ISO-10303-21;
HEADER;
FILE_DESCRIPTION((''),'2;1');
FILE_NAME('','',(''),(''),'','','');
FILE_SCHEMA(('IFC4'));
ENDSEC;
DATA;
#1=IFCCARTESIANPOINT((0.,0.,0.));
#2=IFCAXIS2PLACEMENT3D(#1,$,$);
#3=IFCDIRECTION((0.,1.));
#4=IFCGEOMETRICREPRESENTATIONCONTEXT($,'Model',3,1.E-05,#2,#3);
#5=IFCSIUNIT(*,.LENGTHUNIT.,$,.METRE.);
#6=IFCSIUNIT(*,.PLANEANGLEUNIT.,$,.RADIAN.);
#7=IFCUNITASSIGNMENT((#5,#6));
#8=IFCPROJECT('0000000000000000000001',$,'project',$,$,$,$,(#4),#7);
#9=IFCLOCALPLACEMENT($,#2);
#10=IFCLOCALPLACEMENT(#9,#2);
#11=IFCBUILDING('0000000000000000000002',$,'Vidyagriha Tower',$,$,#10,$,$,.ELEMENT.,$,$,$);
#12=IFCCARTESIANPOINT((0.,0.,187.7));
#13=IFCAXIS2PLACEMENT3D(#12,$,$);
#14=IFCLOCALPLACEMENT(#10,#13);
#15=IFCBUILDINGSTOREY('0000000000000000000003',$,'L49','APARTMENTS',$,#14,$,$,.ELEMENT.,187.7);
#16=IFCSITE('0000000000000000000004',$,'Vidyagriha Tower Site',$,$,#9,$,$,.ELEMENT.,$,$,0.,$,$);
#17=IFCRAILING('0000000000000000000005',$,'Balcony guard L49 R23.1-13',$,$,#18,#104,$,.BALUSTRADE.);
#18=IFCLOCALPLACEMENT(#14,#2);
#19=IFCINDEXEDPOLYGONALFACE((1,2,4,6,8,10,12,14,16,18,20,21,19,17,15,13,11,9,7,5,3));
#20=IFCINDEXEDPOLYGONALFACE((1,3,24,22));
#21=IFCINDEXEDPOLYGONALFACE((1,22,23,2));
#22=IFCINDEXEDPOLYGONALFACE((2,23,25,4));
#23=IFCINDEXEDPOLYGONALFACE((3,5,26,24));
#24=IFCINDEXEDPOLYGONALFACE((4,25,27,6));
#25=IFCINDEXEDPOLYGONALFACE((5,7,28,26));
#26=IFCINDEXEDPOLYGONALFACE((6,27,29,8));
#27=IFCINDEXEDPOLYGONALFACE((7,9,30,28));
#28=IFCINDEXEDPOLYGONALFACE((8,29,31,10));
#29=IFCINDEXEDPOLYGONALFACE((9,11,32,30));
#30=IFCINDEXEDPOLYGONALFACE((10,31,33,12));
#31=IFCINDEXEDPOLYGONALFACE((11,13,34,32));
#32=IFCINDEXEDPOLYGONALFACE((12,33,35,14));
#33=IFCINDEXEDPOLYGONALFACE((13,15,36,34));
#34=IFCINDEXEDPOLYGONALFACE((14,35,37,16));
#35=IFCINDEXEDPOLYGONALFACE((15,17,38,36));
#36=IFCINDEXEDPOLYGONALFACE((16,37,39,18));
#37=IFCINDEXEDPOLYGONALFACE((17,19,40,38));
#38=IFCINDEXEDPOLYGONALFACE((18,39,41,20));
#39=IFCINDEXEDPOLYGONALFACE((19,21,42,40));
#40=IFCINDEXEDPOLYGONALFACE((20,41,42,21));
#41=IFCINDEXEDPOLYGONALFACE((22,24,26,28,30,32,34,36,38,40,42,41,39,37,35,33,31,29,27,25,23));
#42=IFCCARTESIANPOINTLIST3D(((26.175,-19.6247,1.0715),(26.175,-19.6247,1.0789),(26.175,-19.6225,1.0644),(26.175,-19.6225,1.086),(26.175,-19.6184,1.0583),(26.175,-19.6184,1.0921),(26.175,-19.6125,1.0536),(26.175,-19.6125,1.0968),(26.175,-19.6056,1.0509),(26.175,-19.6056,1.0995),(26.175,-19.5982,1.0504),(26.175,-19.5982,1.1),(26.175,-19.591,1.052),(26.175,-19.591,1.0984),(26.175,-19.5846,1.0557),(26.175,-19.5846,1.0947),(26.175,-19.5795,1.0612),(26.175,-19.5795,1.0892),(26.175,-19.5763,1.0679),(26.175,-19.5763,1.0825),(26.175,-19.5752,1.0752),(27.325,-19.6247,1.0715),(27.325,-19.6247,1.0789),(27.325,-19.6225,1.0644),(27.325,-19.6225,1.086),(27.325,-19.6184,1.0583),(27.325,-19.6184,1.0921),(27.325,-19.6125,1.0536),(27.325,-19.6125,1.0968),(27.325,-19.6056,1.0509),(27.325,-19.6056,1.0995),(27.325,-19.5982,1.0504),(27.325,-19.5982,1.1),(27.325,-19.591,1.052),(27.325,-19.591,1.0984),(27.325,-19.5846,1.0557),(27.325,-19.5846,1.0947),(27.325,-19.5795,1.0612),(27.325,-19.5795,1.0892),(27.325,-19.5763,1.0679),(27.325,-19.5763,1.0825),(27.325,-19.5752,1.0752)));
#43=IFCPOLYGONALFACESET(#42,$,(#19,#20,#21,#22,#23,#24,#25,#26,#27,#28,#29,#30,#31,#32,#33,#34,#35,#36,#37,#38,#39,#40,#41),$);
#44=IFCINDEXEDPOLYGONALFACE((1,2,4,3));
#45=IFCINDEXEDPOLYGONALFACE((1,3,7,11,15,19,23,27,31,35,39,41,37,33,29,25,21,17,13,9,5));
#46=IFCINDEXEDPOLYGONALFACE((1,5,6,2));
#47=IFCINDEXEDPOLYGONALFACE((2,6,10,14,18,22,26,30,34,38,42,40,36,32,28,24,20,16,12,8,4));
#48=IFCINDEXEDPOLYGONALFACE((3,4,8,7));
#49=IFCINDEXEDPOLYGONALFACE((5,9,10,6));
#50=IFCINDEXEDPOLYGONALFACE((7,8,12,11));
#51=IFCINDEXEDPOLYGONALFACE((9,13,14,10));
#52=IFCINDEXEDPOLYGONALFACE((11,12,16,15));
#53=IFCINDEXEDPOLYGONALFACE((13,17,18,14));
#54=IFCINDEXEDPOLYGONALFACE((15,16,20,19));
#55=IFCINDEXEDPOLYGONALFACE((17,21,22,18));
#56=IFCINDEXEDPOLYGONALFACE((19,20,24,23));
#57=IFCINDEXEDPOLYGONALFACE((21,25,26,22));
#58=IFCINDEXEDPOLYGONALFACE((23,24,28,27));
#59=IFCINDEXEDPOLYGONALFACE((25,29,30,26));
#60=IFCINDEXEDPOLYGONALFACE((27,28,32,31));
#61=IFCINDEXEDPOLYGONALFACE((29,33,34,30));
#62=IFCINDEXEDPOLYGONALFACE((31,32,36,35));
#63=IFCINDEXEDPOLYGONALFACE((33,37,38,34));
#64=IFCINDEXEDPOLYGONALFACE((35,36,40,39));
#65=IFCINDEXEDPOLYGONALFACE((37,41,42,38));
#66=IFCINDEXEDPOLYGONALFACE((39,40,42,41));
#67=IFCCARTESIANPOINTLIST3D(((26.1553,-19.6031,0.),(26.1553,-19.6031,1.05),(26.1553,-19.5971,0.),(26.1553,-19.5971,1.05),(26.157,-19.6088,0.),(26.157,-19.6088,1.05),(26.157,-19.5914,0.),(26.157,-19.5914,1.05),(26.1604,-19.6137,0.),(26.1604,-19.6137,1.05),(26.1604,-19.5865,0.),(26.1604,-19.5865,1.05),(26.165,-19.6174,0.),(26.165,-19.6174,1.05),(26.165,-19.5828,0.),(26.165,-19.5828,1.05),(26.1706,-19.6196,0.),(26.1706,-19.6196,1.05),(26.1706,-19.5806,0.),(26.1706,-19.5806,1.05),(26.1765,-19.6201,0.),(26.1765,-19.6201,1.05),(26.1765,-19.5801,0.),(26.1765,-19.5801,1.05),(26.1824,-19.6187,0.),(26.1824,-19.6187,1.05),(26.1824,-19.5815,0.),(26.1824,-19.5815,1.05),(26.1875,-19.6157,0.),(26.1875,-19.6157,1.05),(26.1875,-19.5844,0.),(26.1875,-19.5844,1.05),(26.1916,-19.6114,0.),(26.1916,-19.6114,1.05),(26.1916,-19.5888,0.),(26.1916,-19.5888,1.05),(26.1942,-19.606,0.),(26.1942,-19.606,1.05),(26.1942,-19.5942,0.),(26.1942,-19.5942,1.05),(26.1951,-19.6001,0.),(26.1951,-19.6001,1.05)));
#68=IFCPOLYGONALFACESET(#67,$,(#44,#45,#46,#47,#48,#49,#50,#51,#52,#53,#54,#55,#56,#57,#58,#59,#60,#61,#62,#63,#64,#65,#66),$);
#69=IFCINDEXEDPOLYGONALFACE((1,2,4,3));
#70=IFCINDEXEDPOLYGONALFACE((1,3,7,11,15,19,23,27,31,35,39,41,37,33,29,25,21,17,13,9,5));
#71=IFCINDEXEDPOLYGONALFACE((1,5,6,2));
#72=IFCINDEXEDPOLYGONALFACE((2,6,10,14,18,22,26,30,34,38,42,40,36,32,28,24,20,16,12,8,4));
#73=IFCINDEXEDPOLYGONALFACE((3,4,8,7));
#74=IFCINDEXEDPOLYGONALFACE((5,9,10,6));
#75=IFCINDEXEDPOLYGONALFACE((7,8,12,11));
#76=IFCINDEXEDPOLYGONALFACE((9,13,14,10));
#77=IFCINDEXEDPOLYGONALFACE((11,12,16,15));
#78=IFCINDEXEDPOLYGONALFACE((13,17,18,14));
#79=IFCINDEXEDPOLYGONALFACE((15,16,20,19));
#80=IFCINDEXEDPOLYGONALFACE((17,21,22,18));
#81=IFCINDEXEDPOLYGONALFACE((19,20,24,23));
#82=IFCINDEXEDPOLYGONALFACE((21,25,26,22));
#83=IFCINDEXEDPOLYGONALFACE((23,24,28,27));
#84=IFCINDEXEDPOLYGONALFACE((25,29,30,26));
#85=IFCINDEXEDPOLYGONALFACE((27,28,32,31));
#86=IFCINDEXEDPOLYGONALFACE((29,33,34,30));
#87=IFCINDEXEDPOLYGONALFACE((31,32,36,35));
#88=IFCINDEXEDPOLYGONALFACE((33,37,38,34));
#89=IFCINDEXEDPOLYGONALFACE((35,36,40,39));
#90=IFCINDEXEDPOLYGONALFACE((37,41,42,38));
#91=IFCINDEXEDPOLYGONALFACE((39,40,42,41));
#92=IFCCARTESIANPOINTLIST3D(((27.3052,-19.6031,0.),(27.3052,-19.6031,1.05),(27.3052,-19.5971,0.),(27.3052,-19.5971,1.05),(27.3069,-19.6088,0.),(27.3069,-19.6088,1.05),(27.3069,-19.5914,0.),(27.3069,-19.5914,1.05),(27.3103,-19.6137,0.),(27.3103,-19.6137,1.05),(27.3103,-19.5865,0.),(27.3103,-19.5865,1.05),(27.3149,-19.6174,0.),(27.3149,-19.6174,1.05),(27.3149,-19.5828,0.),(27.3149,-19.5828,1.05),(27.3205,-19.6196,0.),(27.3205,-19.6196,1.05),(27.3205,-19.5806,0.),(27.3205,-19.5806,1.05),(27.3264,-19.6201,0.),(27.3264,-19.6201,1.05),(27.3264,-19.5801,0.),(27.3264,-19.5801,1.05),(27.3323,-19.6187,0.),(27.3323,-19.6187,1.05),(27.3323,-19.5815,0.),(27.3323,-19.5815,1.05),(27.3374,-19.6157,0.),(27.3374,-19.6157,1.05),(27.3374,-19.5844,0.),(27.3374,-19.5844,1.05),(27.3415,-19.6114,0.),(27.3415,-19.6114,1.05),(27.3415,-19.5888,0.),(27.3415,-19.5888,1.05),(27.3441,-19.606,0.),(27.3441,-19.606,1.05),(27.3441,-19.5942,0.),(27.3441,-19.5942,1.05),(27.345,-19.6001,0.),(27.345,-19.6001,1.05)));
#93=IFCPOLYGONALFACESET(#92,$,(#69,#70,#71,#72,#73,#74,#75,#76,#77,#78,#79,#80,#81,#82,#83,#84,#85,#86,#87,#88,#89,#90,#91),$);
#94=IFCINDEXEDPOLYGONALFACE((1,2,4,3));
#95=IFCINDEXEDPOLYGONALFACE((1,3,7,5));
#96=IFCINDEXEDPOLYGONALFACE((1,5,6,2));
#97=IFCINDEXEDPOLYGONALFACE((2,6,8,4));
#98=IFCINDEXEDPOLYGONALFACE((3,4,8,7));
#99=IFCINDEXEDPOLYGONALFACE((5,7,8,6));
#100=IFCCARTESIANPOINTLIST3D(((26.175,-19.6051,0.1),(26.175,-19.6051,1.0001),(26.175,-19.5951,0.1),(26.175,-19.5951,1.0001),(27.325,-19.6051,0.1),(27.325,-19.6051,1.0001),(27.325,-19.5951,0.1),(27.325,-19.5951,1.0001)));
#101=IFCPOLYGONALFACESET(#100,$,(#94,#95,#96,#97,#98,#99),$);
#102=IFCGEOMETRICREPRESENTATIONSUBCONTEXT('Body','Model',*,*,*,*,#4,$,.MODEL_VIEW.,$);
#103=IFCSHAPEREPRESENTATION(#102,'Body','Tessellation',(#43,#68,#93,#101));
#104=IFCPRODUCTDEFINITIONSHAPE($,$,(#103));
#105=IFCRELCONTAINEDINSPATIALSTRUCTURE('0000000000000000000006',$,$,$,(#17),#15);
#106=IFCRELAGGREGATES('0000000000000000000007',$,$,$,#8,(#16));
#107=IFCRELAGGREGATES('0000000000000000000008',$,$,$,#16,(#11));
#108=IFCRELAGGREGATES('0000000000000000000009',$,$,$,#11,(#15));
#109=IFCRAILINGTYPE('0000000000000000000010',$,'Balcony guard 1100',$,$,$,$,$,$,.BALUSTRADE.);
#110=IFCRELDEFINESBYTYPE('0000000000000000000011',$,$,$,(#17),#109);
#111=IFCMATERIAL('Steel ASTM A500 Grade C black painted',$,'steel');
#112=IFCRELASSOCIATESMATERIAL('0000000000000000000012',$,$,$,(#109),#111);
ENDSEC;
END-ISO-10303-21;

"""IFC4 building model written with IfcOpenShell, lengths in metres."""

from ifc_helpers import new_model, si_unit, direction, frame, origin, origin_2d, place, context, subcontext, project, spatial, rectangle, circle, extrude, material, type_object, element, save


model = new_model("IFC4")

# Units and contexts
model_context = context("Model", 3, precision=1e-05, world=origin(), true_north=direction((0.0, 1.0)))
body_context = subcontext(model_context, "Body", "Model", "MODEL_VIEW")
ifc_project = project(units=[si_unit("LENGTHUNIT", "METRE"), si_unit("PLANEANGLEUNIT", "RADIAN")], contexts=[model_context])

# Site, building, storey
site_placement = place(None, origin())
site = spatial("IfcSite", under=ifc_project, at=site_placement, Name="Vidyagriha Tower Site", CompositionType="ELEMENT", RefElevation=0.0)
building_placement = place(site_placement, origin())
building = spatial("IfcBuilding", under=site, at=building_placement, Name="Vidyagriha Tower", CompositionType="ELEMENT")
storey_placement = place(building_placement, frame((0.0, 0.0, 187.7)))
storey = spatial("IfcBuildingStorey", under=building, at=storey_placement, Name="L49", Description="APARTMENTS", CompositionType="ELEMENT", Elevation=187.7)

# Railing
ifc_material_1 = material(Name="Steel ASTM A500 Grade C black painted", Category="steel")
railing_type_1 = type_object("IfcRailingType", Name="Balcony guard 1100", PredefinedType="BALUSTRADE", material=ifc_material_1)
railing_1_placement = place(storey_placement, frame((26.175, -19.6001, 0.0)))
element("IfcRailing", 1, at=railing_1_placement, inside=storey, type_object=railing_type_1, Name="Balcony guard L49 R23.1-13", PredefinedType="BALUSTRADE", context=body_context, shape_type="SweptSolid", body=[
    extrude(circle(Radius=0.0249, at=origin_2d()), frame((0.0, 0.0, 1.0752), z_axis=(1.0, 0.0, 0.0), x_axis=(0.0, 1.0, 0.0)), (0.0, 0.0, 1.0), 1.1499),
    extrude(circle(Radius=0.02, at=origin_2d()), origin(), (0.0, 0.0, 1.0), 1.05),
    extrude(circle(Radius=0.02, at=origin_2d()), frame((1.1499, 0.0, 0.0)), (0.0, 0.0, 1.0), 1.05),
    extrude(rectangle(XDim=0.01, YDim=0.9001, at=origin_2d()), frame((0.0, 0.0, 0.55), z_axis=(1.0, 0.0, 0.0), x_axis=(0.0, 1.0, 0.0)), (0.0, 0.0, 1.0), 1.1499),
])

save(model, "model.ifc")
